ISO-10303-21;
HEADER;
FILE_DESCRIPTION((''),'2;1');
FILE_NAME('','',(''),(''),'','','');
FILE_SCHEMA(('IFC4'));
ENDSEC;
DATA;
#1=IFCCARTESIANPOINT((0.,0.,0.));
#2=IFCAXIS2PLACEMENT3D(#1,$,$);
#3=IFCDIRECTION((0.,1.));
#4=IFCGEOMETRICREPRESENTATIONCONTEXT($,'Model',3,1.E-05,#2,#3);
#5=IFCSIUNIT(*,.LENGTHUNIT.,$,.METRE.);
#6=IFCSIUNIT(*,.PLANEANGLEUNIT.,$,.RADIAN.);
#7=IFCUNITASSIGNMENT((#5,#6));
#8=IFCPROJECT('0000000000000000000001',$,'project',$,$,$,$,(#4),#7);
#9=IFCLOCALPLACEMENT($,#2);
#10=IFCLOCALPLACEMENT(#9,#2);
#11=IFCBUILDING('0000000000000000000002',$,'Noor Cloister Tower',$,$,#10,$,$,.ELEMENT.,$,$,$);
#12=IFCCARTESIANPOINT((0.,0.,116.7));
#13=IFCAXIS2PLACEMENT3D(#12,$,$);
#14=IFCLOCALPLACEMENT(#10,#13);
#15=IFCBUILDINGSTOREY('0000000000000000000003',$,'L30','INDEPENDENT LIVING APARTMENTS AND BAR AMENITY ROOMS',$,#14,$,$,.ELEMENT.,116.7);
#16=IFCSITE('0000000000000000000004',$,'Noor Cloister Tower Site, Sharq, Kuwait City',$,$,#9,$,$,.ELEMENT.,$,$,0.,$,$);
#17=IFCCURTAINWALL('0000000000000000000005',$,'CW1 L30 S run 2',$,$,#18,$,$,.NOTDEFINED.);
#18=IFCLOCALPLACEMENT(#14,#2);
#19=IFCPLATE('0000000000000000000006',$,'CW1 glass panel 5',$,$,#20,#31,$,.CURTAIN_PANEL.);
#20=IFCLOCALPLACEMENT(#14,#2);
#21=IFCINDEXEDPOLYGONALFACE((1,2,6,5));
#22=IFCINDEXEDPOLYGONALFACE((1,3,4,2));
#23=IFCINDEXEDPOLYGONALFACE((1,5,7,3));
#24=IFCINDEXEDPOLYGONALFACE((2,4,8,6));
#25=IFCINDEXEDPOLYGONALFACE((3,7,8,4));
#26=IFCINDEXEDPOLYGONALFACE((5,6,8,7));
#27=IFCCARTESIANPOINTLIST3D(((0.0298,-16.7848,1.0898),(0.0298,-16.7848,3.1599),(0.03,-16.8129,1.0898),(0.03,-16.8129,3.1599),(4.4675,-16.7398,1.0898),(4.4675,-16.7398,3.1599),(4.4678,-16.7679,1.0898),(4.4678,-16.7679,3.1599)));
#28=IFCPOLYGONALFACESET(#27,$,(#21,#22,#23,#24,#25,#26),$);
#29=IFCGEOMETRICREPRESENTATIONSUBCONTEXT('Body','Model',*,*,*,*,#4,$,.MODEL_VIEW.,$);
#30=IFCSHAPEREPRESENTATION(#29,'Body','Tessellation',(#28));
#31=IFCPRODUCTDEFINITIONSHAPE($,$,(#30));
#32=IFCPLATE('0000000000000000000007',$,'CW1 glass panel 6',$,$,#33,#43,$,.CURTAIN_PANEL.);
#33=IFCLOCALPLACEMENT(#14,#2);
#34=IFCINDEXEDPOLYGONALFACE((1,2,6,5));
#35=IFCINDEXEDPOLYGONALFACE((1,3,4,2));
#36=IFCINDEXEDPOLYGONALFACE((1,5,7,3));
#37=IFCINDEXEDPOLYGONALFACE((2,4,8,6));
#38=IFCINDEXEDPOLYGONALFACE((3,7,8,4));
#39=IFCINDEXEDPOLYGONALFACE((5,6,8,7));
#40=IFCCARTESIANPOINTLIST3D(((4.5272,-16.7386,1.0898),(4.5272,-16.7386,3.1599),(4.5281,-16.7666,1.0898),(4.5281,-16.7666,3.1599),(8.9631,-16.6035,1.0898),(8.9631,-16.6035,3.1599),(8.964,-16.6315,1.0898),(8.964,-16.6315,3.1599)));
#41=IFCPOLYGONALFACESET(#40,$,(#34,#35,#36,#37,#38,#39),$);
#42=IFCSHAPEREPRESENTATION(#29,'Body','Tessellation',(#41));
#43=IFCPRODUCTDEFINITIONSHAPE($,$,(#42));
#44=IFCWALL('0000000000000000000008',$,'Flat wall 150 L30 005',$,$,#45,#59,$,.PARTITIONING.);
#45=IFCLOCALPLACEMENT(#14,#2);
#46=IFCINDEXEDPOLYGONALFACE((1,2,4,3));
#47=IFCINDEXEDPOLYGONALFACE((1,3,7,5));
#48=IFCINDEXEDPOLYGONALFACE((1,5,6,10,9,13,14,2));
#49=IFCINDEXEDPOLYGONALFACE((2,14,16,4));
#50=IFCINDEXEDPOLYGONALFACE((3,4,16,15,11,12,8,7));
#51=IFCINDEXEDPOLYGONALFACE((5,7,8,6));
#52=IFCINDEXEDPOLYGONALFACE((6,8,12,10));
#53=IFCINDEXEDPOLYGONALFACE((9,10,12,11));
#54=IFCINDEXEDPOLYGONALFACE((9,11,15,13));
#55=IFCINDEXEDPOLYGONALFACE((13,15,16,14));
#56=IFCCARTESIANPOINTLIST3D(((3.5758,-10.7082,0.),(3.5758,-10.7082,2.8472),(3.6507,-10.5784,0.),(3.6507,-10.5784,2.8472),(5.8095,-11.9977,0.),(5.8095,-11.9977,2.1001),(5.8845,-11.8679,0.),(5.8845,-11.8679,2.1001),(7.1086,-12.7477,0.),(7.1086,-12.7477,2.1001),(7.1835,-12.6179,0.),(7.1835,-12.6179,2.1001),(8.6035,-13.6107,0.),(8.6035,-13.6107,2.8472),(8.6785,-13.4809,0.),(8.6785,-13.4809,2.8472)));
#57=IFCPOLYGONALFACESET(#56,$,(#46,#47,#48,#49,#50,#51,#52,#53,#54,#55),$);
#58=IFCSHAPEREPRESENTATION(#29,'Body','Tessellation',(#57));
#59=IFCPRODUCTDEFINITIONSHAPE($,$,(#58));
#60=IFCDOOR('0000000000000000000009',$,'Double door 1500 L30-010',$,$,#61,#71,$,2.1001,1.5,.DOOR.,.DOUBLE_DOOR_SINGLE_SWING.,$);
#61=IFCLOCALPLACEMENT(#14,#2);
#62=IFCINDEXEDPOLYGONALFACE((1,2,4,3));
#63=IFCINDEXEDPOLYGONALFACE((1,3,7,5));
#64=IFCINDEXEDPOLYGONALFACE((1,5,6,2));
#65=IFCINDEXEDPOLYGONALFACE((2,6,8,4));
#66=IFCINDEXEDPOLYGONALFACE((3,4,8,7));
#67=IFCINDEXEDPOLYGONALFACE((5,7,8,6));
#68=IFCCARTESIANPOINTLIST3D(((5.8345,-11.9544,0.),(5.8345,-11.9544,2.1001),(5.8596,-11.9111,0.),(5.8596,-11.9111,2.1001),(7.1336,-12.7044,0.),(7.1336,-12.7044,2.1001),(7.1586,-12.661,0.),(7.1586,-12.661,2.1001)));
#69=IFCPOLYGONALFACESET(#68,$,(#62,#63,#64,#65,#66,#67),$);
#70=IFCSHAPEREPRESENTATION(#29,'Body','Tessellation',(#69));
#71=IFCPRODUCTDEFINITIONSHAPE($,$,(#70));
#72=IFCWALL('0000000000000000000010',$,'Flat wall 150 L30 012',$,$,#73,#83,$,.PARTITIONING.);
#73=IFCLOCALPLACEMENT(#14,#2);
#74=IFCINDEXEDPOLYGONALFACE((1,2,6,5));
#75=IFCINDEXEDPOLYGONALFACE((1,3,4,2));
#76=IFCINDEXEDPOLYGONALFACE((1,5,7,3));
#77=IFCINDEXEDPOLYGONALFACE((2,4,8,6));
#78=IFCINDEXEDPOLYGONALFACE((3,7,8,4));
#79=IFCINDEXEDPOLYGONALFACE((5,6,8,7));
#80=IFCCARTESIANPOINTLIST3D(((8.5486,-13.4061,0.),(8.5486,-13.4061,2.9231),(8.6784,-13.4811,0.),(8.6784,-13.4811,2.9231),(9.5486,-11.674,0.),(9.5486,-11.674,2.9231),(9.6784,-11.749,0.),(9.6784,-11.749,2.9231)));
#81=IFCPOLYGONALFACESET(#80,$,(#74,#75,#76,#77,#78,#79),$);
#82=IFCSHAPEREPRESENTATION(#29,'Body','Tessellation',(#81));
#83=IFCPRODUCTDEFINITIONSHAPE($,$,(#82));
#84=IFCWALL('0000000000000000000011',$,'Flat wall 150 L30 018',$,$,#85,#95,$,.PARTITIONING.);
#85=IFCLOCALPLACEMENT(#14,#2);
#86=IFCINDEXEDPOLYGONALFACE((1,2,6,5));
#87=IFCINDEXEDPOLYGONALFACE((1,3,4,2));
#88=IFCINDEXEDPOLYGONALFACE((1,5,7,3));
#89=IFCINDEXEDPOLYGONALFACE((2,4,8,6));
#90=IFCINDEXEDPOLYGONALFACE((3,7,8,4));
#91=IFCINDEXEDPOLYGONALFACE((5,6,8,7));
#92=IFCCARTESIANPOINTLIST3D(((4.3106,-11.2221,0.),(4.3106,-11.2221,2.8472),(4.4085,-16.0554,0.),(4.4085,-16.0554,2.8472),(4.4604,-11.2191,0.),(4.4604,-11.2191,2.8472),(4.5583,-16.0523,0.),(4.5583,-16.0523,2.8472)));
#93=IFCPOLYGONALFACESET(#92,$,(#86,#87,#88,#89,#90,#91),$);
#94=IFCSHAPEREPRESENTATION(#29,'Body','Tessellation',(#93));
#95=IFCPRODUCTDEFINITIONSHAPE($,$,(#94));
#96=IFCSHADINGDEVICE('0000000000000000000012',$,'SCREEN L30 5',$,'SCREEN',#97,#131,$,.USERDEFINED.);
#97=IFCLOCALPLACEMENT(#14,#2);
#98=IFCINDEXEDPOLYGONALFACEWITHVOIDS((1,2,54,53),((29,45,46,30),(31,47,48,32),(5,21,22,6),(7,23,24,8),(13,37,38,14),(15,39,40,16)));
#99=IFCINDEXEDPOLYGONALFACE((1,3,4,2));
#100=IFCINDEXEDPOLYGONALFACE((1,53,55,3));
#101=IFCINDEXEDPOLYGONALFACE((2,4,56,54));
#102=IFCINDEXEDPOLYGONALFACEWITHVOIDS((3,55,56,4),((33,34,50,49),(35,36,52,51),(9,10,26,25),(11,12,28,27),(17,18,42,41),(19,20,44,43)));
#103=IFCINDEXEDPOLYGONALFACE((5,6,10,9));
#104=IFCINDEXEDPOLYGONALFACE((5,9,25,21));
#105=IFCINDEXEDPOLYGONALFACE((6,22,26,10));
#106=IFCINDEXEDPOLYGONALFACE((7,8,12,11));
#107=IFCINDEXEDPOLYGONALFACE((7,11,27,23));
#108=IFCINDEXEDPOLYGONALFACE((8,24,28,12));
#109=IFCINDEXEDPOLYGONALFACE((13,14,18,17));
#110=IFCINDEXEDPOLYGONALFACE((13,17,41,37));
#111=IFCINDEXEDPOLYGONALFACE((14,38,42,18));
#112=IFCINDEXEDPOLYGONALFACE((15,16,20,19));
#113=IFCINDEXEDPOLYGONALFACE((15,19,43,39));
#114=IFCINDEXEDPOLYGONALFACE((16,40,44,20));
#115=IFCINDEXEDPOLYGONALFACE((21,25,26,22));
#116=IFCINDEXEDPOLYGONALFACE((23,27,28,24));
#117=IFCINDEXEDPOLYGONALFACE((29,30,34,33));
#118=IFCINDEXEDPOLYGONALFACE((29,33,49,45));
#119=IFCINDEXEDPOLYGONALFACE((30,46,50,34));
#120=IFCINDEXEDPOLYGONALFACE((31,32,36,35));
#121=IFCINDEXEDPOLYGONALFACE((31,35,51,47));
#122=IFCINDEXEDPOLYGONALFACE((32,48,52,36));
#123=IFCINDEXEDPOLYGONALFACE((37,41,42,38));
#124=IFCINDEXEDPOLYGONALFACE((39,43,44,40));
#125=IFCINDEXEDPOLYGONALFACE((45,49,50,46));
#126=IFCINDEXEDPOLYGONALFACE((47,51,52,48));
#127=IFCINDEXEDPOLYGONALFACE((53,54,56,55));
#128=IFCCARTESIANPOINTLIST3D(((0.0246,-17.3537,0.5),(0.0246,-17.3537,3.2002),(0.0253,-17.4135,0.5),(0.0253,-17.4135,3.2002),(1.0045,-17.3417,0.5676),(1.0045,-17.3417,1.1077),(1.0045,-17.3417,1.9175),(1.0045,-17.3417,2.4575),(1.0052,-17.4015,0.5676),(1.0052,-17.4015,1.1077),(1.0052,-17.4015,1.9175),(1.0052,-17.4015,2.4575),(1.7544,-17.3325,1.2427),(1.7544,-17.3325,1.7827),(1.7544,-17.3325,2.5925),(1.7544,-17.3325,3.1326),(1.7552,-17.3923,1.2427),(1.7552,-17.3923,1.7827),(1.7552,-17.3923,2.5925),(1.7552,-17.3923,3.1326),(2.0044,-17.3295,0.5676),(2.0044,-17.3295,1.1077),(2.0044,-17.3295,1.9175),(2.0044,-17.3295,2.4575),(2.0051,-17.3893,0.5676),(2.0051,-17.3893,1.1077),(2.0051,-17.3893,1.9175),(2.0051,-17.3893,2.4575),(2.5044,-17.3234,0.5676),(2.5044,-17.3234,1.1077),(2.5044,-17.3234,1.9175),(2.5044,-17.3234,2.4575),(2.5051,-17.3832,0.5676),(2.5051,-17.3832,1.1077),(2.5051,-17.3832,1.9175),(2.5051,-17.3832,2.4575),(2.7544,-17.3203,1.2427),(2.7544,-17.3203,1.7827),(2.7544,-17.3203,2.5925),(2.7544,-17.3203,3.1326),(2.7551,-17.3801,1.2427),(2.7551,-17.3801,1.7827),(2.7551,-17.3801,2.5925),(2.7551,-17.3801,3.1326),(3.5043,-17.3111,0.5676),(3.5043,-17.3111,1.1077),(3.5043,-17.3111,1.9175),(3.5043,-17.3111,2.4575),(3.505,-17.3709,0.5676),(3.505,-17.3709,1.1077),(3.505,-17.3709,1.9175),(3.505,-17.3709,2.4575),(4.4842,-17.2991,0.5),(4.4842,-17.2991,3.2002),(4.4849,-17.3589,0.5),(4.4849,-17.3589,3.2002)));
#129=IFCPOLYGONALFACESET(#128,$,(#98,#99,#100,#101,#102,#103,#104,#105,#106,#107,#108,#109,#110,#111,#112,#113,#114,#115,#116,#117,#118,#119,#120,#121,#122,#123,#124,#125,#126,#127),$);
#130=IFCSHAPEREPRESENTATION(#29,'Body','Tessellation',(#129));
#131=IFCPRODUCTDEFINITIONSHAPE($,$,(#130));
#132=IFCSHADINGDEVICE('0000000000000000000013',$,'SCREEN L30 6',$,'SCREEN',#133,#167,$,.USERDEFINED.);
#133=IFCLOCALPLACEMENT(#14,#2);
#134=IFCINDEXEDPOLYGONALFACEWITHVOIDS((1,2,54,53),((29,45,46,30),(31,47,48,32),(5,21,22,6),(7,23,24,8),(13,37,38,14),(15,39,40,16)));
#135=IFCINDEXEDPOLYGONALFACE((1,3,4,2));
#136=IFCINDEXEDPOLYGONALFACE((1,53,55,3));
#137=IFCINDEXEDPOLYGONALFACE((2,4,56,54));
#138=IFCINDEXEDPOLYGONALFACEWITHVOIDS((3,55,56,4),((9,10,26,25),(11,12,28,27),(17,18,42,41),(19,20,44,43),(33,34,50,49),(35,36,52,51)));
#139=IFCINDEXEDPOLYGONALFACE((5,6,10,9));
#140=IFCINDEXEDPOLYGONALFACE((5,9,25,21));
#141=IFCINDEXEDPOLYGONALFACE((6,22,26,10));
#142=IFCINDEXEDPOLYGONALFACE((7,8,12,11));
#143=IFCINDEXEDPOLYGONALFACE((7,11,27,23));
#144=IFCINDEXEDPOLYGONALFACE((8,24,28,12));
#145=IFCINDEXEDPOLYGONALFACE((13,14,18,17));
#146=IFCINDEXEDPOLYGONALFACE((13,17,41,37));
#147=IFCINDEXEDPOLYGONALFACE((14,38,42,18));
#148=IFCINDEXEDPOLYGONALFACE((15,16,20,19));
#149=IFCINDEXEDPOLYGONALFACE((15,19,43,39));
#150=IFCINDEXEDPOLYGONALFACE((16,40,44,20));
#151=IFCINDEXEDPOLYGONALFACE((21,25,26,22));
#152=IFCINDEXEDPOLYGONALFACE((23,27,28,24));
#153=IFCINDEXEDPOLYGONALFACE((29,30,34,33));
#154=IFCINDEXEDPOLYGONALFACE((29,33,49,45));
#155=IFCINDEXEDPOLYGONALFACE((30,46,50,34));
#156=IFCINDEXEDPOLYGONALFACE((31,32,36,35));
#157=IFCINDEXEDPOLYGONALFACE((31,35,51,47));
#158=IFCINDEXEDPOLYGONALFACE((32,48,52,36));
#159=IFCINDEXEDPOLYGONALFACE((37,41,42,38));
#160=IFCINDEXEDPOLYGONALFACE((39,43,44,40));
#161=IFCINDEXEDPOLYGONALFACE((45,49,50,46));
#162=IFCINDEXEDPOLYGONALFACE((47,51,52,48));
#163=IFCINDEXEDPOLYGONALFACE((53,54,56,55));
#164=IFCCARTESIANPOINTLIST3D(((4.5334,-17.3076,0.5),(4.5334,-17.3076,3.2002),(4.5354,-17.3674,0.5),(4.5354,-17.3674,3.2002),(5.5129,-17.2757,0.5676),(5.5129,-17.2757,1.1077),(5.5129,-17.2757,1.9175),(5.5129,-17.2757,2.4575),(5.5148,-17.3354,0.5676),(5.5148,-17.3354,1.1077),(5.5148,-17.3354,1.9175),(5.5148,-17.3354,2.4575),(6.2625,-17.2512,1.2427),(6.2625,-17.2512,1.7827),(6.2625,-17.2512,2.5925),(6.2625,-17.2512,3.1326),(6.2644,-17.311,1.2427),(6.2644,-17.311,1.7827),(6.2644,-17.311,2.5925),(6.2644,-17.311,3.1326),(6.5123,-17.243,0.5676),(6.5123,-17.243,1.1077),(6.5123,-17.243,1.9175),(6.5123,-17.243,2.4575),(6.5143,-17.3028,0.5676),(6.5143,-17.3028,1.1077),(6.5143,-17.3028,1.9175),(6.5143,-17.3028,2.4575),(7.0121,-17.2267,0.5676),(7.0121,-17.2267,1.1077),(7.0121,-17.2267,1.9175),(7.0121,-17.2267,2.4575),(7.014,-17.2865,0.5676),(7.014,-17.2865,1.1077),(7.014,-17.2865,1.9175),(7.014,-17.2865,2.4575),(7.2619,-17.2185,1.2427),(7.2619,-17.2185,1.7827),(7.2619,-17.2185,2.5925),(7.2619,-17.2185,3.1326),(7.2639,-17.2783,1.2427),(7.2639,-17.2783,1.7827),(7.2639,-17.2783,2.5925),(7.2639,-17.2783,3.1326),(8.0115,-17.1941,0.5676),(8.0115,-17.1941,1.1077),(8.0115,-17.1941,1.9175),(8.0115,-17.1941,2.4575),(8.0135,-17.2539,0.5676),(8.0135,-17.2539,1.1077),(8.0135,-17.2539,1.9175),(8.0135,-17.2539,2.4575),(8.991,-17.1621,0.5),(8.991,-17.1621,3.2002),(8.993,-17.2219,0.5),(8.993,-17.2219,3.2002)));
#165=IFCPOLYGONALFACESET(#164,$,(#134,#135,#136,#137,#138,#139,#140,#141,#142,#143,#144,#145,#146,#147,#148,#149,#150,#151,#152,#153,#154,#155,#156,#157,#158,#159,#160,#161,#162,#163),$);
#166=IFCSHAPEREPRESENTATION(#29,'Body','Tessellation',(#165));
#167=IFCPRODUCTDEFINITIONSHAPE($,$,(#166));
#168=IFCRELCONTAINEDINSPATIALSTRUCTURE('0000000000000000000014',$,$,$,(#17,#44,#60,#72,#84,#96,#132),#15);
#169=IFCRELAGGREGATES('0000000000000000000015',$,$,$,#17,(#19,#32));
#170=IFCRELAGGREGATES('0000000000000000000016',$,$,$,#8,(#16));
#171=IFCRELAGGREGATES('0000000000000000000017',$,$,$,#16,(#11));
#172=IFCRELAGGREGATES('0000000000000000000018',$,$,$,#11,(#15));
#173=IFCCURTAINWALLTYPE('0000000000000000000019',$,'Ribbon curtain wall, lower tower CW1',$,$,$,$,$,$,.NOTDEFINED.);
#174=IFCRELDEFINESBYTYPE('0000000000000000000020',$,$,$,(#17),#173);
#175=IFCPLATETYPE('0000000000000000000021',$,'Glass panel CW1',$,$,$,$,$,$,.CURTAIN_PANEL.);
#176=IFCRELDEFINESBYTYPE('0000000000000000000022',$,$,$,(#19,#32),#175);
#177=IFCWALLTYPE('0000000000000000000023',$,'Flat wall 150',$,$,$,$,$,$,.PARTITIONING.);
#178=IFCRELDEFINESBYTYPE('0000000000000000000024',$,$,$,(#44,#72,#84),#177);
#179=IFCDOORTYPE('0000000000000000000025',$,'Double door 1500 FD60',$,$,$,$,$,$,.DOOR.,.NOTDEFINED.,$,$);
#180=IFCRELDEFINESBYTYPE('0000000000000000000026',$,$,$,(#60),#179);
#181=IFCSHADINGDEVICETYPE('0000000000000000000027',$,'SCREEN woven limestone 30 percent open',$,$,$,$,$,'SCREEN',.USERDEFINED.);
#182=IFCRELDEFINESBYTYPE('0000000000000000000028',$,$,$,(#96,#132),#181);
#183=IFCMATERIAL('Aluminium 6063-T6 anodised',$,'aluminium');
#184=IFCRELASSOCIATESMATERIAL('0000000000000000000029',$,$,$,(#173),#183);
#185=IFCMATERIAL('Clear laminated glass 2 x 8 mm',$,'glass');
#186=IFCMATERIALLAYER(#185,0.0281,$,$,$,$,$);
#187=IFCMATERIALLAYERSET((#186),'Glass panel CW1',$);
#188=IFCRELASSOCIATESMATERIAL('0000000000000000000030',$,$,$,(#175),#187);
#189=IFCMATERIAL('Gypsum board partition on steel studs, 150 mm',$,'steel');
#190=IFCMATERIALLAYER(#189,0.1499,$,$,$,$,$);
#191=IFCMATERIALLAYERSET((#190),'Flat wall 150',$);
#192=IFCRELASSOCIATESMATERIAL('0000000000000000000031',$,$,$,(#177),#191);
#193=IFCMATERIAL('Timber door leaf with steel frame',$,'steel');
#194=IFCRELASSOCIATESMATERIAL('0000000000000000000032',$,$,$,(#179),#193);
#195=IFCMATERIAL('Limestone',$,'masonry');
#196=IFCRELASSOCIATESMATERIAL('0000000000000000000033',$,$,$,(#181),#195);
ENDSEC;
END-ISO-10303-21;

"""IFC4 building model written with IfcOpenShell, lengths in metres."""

from ifc_helpers import new_model, si_unit, direction, frame, frame_2d, origin, origin_2d, place, context, subcontext, project, spatial, polyline, rectangle, outline, extrude, material, layer, layer_set, material_profile, profile_set, type_object, element, fill, aggregate, save


model = new_model("IFC4")

# Units and contexts
model_context = context("Model", 3, precision=1e-05, world=origin(), true_north=direction((0.0, 1.0)))
body_context = subcontext(model_context, "Body", "Model", "MODEL_VIEW")
ifc_project = project(units=[si_unit("LENGTHUNIT", "METRE"), si_unit("PLANEANGLEUNIT", "RADIAN")], contexts=[model_context])

# Site, building, storey
site_placement = place(None, origin())
site = spatial("IfcSite", under=ifc_project, at=site_placement, Name="Noor Cloister Tower Site, Sharq, Kuwait City", CompositionType="ELEMENT", RefElevation=0.0)
building_placement = place(site_placement, origin())
building = spatial("IfcBuilding", under=site, at=building_placement, Name="Noor Cloister Tower", CompositionType="ELEMENT")
storey_placement = place(building_placement, frame((0.0, 0.0, 116.7)))
storey = spatial("IfcBuildingStorey", under=building, at=storey_placement, Name="L30", Description="INDEPENDENT LIVING APARTMENTS AND BAR AMENITY ROOMS", CompositionType="ELEMENT", Elevation=116.7)

# Curtain wall
ifc_material_1 = material(Name="Aluminium 6063-T6 anodised", Category="aluminium")
curtain_wall_type = type_object("IfcCurtainWallType", Name="Ribbon curtain wall, lower tower CW1", PredefinedType="NOTDEFINED", material=ifc_material_1)
curtain_wall_placement = place(storey_placement, origin())
curtain_wall = element("IfcCurtainWall", 1, at=curtain_wall_placement, inside=storey, type_object=curtain_wall_type, Name="CW1 L30 S run 2", PredefinedType="NOTDEFINED")

# Plates
ifc_material_2 = material(Name="Clear laminated glass 2 x 8 mm", Category="glass")
ifc_layer_1 = layer(ifc_material_2, 0.0281)
ifc_layer_set_1 = layer_set([ifc_layer_1], Name="Glass panel CW1")
plate_type = type_object("IfcPlateType", Name="Glass panel CW1", PredefinedType="CURTAIN_PANEL", material=ifc_layer_set_1)
plate_1_placement = place(storey_placement, frame((2.2488, -16.7764, 1.0898), z_axis=(0.0, 0.0, 1.0), x_axis=(0.999949, 0.010147, 0.0)))
plate_1 = element("IfcPlate", 2, at=plate_1_placement, type_object=plate_type, Name="CW1 glass panel 5", PredefinedType="CURTAIN_PANEL", context=body_context, shape_type="SweptSolid", body=[
    extrude(rectangle(XDim=4.438, YDim=0.0281, at=origin_2d()), origin(), (0.0, 0.0, 1.0), 2.0701),
])
plate_2_placement = place(storey_placement, frame((6.7456, -16.6851, 1.0898), z_axis=(0.0, 0.0, 1.0), x_axis=(0.999537, 0.030438, 0.0)))
plate_2 = element("IfcPlate", 3, at=plate_2_placement, type_object=plate_type, Name="CW1 glass panel 6", PredefinedType="CURTAIN_PANEL", context=body_context, shape_type="SweptSolid", body=[
    extrude(rectangle(XDim=4.438, YDim=0.0281, at=origin_2d()), origin(), (0.0, 0.0, 1.0), 2.0701),
])
aggregate(curtain_wall, [plate_1, plate_2])

# Wall, opening, door
ifc_material_3 = material(Name="Gypsum board partition on steel studs, 150 mm", Category="steel")
ifc_layer_2 = layer(ifc_material_3, 0.1499)
ifc_layer_set_2 = layer_set([ifc_layer_2], Name="Flat wall 150")
wall_type = type_object("IfcWallType", Name="Flat wall 150", PredefinedType="PARTITIONING", material=ifc_layer_set_2)
wall_1_placement = place(storey_placement, frame((8.6411, -13.5459, 0.0), z_axis=(0.0, 0.0, 1.0), x_axis=(-0.866043, 0.49997, 0.0)))
wall_1 = element("IfcWall", 4, at=wall_1_placement, inside=storey, type_object=wall_type, Name="Flat wall 150 L30 005", PredefinedType="PARTITIONING", context=body_context, shape_type="SweptSolid", body=[
    extrude(rectangle(XDim=5.8054, YDim=0.1499, at=frame_2d((2.9028, 0.0))), origin(), (0.0, 0.0, 1.0), 2.8472),
])
opening_placement = place(wall_1_placement, frame((1.7263, 0.0, 0.0)))
opening = element("IfcOpeningElement", 5, at=opening_placement, cuts=wall_1, PredefinedType="OPENING", context=body_context, shape_type="SweptSolid", body=[
    extrude(rectangle(XDim=1.5, YDim=2.1001, at=frame_2d((0.75, 1.05))), frame((0.0, 0.085, 0.0), z_axis=(0.0, -1.0, 0.0), x_axis=(1.0, 0.0, 0.0)), (0.0, 0.0, 1.0), 0.1699),
])
ifc_material_4 = material(Name="Timber door leaf with steel frame", Category="steel")
door_type = type_object("IfcDoorType", Name="Double door 1500 FD60", OperationType="NOTDEFINED", PredefinedType="DOOR", material=ifc_material_4)
door_placement = place(opening_placement, origin())
door = element("IfcDoor", 6, at=door_placement, inside=storey, type_object=door_type, Name="Double door 1500 L30-010", OperationType="DOUBLE_DOOR_SINGLE_SWING", OverallHeight=2.1001, OverallWidth=1.5, PredefinedType="DOOR", context=body_context, shape_type="SweptSolid", body=[
    extrude(rectangle(XDim=1.5, YDim=2.1001, at=frame_2d((0.75, 1.05))), frame((0.0, 0.0249, 0.0), z_axis=(0.0, -1.0, 0.0), x_axis=(1.0, 0.0, 0.0)), (0.0, 0.0, 1.0), 0.05),
])
fill(opening, door)

# Walls
wall_2_placement = place(storey_placement, frame((8.6135, -13.4436, 0.0), z_axis=(0.0, 0.0, 1.0), x_axis=(0.499973, 0.866041, 0.0)))
element("IfcWall", 7, at=wall_2_placement, inside=storey, type_object=wall_type, Name="Flat wall 150 L30 012", PredefinedType="PARTITIONING", context=body_context, shape_type="SweptSolid", body=[
    extrude(rectangle(XDim=2.0, YDim=0.1499, at=frame_2d((1.0, 0.0))), origin(), (0.0, 0.0, 1.0), 2.9231),
])
wall_3_placement = place(storey_placement, frame((4.4834, -16.0537, 0.0), z_axis=(0.0, 0.0, 1.0), x_axis=(-0.020251, 0.999795, 0.0)))
element("IfcWall", 8, at=wall_3_placement, inside=storey, type_object=wall_type, Name="Flat wall 150 L30 018", PredefinedType="PARTITIONING", context=body_context, shape_type="SweptSolid", body=[
    extrude(rectangle(XDim=4.8342, YDim=0.1499, at=frame_2d((2.417, 0.0))), origin(), (0.0, 0.0, 1.0), 2.8472),
])

# Shading devices
ifc_material_5 = material(Name="Limestone", Category="masonry")
ifc_material_profile_1 = material_profile(ifc_material_5, outline(polyline([(-2.23, -1.3501), (2.23, -1.3501), (2.23, 1.3501), (-2.23, 1.3501), (-2.23, -1.3501)]), holes=[polyline([(-1.25, -1.2825), (-0.25, -1.2825), (-0.25, -0.7424), (-1.25, -0.7424), (-1.25, -1.2825)]), polyline([(0.25, -1.2825), (1.25, -1.2825), (1.25, -0.7424), (0.25, -0.7424), (0.25, -1.2825)]), polyline([(-0.5, -0.6074), (0.5, -0.6074), (0.5, -0.0674), (-0.5, -0.0674), (-0.5, -0.6074)]), polyline([(-1.25, 0.0674), (-0.25, 0.0674), (-0.25, 0.6074), (-1.25, 0.6074), (-1.25, 0.0674)]), polyline([(0.25, 0.0674), (1.25, 0.0674), (1.25, 0.6074), (0.25, 0.6074), (0.25, 0.0674)]), polyline([(-0.5, 0.7424), (0.5, 0.7424), (0.5, 1.2825), (-0.5, 1.2825), (-0.5, 0.7424)])]), Name="Woven screen 30 percent open")
ifc_profile_set_1 = profile_set([ifc_material_profile_1], Name="Limestone")
shading_device_type = type_object("IfcShadingDeviceType", Name="SCREEN woven limestone 30 percent open", ElementType="SCREEN", PredefinedType="USERDEFINED", material=ifc_profile_set_1)
for number, where, z_axis, x_axis, name in (
    (9, (2.2544, -17.3264, 1.8501), (0.012244, -0.999925, 0.0), (0.999925, 0.012244, 0.0), "SCREEN L30 5"),
    (10, (6.7622, -17.2349, 1.8501), (0.032636, -0.999467, 0.0), (0.999467, 0.032636, 0.0), "SCREEN L30 6"),
):
    element("IfcShadingDevice", number, at=place(storey_placement, frame(where, z_axis=z_axis, x_axis=x_axis)), inside=storey, type_object=shading_device_type, Name=name, ObjectType="SCREEN", PredefinedType="USERDEFINED", context=body_context, shape_type="SweptSolid", body=[
        extrude(outline(polyline([(-2.23, -1.3501), (2.23, -1.3501), (2.23, 1.3501), (-2.23, 1.3501), (-2.23, -1.3501)]), holes=[polyline([(-1.25, -1.2825), (-0.25, -1.2825), (-0.25, -0.7424), (-1.25, -0.7424), (-1.25, -1.2825)]), polyline([(0.25, -1.2825), (1.25, -1.2825), (1.25, -0.7424), (0.25, -0.7424), (0.25, -1.2825)]), polyline([(-0.5, -0.6074), (0.5, -0.6074), (0.5, -0.0674), (-0.5, -0.0674), (-0.5, -0.6074)]), polyline([(-1.25, 0.0674), (-0.25, 0.0674), (-0.25, 0.6074), (-1.25, 0.6074), (-1.25, 0.0674)]), polyline([(0.25, 0.0674), (1.25, 0.0674), (1.25, 0.6074), (0.25, 0.6074), (0.25, 0.0674)]), polyline([(-0.5, 0.7424), (0.5, 0.7424), (0.5, 1.2825), (-0.5, 1.2825), (-0.5, 0.7424)])]), origin(), (0.0, 0.0, 1.0), 0.0598),
    ])

save(model, "model.ifc")
